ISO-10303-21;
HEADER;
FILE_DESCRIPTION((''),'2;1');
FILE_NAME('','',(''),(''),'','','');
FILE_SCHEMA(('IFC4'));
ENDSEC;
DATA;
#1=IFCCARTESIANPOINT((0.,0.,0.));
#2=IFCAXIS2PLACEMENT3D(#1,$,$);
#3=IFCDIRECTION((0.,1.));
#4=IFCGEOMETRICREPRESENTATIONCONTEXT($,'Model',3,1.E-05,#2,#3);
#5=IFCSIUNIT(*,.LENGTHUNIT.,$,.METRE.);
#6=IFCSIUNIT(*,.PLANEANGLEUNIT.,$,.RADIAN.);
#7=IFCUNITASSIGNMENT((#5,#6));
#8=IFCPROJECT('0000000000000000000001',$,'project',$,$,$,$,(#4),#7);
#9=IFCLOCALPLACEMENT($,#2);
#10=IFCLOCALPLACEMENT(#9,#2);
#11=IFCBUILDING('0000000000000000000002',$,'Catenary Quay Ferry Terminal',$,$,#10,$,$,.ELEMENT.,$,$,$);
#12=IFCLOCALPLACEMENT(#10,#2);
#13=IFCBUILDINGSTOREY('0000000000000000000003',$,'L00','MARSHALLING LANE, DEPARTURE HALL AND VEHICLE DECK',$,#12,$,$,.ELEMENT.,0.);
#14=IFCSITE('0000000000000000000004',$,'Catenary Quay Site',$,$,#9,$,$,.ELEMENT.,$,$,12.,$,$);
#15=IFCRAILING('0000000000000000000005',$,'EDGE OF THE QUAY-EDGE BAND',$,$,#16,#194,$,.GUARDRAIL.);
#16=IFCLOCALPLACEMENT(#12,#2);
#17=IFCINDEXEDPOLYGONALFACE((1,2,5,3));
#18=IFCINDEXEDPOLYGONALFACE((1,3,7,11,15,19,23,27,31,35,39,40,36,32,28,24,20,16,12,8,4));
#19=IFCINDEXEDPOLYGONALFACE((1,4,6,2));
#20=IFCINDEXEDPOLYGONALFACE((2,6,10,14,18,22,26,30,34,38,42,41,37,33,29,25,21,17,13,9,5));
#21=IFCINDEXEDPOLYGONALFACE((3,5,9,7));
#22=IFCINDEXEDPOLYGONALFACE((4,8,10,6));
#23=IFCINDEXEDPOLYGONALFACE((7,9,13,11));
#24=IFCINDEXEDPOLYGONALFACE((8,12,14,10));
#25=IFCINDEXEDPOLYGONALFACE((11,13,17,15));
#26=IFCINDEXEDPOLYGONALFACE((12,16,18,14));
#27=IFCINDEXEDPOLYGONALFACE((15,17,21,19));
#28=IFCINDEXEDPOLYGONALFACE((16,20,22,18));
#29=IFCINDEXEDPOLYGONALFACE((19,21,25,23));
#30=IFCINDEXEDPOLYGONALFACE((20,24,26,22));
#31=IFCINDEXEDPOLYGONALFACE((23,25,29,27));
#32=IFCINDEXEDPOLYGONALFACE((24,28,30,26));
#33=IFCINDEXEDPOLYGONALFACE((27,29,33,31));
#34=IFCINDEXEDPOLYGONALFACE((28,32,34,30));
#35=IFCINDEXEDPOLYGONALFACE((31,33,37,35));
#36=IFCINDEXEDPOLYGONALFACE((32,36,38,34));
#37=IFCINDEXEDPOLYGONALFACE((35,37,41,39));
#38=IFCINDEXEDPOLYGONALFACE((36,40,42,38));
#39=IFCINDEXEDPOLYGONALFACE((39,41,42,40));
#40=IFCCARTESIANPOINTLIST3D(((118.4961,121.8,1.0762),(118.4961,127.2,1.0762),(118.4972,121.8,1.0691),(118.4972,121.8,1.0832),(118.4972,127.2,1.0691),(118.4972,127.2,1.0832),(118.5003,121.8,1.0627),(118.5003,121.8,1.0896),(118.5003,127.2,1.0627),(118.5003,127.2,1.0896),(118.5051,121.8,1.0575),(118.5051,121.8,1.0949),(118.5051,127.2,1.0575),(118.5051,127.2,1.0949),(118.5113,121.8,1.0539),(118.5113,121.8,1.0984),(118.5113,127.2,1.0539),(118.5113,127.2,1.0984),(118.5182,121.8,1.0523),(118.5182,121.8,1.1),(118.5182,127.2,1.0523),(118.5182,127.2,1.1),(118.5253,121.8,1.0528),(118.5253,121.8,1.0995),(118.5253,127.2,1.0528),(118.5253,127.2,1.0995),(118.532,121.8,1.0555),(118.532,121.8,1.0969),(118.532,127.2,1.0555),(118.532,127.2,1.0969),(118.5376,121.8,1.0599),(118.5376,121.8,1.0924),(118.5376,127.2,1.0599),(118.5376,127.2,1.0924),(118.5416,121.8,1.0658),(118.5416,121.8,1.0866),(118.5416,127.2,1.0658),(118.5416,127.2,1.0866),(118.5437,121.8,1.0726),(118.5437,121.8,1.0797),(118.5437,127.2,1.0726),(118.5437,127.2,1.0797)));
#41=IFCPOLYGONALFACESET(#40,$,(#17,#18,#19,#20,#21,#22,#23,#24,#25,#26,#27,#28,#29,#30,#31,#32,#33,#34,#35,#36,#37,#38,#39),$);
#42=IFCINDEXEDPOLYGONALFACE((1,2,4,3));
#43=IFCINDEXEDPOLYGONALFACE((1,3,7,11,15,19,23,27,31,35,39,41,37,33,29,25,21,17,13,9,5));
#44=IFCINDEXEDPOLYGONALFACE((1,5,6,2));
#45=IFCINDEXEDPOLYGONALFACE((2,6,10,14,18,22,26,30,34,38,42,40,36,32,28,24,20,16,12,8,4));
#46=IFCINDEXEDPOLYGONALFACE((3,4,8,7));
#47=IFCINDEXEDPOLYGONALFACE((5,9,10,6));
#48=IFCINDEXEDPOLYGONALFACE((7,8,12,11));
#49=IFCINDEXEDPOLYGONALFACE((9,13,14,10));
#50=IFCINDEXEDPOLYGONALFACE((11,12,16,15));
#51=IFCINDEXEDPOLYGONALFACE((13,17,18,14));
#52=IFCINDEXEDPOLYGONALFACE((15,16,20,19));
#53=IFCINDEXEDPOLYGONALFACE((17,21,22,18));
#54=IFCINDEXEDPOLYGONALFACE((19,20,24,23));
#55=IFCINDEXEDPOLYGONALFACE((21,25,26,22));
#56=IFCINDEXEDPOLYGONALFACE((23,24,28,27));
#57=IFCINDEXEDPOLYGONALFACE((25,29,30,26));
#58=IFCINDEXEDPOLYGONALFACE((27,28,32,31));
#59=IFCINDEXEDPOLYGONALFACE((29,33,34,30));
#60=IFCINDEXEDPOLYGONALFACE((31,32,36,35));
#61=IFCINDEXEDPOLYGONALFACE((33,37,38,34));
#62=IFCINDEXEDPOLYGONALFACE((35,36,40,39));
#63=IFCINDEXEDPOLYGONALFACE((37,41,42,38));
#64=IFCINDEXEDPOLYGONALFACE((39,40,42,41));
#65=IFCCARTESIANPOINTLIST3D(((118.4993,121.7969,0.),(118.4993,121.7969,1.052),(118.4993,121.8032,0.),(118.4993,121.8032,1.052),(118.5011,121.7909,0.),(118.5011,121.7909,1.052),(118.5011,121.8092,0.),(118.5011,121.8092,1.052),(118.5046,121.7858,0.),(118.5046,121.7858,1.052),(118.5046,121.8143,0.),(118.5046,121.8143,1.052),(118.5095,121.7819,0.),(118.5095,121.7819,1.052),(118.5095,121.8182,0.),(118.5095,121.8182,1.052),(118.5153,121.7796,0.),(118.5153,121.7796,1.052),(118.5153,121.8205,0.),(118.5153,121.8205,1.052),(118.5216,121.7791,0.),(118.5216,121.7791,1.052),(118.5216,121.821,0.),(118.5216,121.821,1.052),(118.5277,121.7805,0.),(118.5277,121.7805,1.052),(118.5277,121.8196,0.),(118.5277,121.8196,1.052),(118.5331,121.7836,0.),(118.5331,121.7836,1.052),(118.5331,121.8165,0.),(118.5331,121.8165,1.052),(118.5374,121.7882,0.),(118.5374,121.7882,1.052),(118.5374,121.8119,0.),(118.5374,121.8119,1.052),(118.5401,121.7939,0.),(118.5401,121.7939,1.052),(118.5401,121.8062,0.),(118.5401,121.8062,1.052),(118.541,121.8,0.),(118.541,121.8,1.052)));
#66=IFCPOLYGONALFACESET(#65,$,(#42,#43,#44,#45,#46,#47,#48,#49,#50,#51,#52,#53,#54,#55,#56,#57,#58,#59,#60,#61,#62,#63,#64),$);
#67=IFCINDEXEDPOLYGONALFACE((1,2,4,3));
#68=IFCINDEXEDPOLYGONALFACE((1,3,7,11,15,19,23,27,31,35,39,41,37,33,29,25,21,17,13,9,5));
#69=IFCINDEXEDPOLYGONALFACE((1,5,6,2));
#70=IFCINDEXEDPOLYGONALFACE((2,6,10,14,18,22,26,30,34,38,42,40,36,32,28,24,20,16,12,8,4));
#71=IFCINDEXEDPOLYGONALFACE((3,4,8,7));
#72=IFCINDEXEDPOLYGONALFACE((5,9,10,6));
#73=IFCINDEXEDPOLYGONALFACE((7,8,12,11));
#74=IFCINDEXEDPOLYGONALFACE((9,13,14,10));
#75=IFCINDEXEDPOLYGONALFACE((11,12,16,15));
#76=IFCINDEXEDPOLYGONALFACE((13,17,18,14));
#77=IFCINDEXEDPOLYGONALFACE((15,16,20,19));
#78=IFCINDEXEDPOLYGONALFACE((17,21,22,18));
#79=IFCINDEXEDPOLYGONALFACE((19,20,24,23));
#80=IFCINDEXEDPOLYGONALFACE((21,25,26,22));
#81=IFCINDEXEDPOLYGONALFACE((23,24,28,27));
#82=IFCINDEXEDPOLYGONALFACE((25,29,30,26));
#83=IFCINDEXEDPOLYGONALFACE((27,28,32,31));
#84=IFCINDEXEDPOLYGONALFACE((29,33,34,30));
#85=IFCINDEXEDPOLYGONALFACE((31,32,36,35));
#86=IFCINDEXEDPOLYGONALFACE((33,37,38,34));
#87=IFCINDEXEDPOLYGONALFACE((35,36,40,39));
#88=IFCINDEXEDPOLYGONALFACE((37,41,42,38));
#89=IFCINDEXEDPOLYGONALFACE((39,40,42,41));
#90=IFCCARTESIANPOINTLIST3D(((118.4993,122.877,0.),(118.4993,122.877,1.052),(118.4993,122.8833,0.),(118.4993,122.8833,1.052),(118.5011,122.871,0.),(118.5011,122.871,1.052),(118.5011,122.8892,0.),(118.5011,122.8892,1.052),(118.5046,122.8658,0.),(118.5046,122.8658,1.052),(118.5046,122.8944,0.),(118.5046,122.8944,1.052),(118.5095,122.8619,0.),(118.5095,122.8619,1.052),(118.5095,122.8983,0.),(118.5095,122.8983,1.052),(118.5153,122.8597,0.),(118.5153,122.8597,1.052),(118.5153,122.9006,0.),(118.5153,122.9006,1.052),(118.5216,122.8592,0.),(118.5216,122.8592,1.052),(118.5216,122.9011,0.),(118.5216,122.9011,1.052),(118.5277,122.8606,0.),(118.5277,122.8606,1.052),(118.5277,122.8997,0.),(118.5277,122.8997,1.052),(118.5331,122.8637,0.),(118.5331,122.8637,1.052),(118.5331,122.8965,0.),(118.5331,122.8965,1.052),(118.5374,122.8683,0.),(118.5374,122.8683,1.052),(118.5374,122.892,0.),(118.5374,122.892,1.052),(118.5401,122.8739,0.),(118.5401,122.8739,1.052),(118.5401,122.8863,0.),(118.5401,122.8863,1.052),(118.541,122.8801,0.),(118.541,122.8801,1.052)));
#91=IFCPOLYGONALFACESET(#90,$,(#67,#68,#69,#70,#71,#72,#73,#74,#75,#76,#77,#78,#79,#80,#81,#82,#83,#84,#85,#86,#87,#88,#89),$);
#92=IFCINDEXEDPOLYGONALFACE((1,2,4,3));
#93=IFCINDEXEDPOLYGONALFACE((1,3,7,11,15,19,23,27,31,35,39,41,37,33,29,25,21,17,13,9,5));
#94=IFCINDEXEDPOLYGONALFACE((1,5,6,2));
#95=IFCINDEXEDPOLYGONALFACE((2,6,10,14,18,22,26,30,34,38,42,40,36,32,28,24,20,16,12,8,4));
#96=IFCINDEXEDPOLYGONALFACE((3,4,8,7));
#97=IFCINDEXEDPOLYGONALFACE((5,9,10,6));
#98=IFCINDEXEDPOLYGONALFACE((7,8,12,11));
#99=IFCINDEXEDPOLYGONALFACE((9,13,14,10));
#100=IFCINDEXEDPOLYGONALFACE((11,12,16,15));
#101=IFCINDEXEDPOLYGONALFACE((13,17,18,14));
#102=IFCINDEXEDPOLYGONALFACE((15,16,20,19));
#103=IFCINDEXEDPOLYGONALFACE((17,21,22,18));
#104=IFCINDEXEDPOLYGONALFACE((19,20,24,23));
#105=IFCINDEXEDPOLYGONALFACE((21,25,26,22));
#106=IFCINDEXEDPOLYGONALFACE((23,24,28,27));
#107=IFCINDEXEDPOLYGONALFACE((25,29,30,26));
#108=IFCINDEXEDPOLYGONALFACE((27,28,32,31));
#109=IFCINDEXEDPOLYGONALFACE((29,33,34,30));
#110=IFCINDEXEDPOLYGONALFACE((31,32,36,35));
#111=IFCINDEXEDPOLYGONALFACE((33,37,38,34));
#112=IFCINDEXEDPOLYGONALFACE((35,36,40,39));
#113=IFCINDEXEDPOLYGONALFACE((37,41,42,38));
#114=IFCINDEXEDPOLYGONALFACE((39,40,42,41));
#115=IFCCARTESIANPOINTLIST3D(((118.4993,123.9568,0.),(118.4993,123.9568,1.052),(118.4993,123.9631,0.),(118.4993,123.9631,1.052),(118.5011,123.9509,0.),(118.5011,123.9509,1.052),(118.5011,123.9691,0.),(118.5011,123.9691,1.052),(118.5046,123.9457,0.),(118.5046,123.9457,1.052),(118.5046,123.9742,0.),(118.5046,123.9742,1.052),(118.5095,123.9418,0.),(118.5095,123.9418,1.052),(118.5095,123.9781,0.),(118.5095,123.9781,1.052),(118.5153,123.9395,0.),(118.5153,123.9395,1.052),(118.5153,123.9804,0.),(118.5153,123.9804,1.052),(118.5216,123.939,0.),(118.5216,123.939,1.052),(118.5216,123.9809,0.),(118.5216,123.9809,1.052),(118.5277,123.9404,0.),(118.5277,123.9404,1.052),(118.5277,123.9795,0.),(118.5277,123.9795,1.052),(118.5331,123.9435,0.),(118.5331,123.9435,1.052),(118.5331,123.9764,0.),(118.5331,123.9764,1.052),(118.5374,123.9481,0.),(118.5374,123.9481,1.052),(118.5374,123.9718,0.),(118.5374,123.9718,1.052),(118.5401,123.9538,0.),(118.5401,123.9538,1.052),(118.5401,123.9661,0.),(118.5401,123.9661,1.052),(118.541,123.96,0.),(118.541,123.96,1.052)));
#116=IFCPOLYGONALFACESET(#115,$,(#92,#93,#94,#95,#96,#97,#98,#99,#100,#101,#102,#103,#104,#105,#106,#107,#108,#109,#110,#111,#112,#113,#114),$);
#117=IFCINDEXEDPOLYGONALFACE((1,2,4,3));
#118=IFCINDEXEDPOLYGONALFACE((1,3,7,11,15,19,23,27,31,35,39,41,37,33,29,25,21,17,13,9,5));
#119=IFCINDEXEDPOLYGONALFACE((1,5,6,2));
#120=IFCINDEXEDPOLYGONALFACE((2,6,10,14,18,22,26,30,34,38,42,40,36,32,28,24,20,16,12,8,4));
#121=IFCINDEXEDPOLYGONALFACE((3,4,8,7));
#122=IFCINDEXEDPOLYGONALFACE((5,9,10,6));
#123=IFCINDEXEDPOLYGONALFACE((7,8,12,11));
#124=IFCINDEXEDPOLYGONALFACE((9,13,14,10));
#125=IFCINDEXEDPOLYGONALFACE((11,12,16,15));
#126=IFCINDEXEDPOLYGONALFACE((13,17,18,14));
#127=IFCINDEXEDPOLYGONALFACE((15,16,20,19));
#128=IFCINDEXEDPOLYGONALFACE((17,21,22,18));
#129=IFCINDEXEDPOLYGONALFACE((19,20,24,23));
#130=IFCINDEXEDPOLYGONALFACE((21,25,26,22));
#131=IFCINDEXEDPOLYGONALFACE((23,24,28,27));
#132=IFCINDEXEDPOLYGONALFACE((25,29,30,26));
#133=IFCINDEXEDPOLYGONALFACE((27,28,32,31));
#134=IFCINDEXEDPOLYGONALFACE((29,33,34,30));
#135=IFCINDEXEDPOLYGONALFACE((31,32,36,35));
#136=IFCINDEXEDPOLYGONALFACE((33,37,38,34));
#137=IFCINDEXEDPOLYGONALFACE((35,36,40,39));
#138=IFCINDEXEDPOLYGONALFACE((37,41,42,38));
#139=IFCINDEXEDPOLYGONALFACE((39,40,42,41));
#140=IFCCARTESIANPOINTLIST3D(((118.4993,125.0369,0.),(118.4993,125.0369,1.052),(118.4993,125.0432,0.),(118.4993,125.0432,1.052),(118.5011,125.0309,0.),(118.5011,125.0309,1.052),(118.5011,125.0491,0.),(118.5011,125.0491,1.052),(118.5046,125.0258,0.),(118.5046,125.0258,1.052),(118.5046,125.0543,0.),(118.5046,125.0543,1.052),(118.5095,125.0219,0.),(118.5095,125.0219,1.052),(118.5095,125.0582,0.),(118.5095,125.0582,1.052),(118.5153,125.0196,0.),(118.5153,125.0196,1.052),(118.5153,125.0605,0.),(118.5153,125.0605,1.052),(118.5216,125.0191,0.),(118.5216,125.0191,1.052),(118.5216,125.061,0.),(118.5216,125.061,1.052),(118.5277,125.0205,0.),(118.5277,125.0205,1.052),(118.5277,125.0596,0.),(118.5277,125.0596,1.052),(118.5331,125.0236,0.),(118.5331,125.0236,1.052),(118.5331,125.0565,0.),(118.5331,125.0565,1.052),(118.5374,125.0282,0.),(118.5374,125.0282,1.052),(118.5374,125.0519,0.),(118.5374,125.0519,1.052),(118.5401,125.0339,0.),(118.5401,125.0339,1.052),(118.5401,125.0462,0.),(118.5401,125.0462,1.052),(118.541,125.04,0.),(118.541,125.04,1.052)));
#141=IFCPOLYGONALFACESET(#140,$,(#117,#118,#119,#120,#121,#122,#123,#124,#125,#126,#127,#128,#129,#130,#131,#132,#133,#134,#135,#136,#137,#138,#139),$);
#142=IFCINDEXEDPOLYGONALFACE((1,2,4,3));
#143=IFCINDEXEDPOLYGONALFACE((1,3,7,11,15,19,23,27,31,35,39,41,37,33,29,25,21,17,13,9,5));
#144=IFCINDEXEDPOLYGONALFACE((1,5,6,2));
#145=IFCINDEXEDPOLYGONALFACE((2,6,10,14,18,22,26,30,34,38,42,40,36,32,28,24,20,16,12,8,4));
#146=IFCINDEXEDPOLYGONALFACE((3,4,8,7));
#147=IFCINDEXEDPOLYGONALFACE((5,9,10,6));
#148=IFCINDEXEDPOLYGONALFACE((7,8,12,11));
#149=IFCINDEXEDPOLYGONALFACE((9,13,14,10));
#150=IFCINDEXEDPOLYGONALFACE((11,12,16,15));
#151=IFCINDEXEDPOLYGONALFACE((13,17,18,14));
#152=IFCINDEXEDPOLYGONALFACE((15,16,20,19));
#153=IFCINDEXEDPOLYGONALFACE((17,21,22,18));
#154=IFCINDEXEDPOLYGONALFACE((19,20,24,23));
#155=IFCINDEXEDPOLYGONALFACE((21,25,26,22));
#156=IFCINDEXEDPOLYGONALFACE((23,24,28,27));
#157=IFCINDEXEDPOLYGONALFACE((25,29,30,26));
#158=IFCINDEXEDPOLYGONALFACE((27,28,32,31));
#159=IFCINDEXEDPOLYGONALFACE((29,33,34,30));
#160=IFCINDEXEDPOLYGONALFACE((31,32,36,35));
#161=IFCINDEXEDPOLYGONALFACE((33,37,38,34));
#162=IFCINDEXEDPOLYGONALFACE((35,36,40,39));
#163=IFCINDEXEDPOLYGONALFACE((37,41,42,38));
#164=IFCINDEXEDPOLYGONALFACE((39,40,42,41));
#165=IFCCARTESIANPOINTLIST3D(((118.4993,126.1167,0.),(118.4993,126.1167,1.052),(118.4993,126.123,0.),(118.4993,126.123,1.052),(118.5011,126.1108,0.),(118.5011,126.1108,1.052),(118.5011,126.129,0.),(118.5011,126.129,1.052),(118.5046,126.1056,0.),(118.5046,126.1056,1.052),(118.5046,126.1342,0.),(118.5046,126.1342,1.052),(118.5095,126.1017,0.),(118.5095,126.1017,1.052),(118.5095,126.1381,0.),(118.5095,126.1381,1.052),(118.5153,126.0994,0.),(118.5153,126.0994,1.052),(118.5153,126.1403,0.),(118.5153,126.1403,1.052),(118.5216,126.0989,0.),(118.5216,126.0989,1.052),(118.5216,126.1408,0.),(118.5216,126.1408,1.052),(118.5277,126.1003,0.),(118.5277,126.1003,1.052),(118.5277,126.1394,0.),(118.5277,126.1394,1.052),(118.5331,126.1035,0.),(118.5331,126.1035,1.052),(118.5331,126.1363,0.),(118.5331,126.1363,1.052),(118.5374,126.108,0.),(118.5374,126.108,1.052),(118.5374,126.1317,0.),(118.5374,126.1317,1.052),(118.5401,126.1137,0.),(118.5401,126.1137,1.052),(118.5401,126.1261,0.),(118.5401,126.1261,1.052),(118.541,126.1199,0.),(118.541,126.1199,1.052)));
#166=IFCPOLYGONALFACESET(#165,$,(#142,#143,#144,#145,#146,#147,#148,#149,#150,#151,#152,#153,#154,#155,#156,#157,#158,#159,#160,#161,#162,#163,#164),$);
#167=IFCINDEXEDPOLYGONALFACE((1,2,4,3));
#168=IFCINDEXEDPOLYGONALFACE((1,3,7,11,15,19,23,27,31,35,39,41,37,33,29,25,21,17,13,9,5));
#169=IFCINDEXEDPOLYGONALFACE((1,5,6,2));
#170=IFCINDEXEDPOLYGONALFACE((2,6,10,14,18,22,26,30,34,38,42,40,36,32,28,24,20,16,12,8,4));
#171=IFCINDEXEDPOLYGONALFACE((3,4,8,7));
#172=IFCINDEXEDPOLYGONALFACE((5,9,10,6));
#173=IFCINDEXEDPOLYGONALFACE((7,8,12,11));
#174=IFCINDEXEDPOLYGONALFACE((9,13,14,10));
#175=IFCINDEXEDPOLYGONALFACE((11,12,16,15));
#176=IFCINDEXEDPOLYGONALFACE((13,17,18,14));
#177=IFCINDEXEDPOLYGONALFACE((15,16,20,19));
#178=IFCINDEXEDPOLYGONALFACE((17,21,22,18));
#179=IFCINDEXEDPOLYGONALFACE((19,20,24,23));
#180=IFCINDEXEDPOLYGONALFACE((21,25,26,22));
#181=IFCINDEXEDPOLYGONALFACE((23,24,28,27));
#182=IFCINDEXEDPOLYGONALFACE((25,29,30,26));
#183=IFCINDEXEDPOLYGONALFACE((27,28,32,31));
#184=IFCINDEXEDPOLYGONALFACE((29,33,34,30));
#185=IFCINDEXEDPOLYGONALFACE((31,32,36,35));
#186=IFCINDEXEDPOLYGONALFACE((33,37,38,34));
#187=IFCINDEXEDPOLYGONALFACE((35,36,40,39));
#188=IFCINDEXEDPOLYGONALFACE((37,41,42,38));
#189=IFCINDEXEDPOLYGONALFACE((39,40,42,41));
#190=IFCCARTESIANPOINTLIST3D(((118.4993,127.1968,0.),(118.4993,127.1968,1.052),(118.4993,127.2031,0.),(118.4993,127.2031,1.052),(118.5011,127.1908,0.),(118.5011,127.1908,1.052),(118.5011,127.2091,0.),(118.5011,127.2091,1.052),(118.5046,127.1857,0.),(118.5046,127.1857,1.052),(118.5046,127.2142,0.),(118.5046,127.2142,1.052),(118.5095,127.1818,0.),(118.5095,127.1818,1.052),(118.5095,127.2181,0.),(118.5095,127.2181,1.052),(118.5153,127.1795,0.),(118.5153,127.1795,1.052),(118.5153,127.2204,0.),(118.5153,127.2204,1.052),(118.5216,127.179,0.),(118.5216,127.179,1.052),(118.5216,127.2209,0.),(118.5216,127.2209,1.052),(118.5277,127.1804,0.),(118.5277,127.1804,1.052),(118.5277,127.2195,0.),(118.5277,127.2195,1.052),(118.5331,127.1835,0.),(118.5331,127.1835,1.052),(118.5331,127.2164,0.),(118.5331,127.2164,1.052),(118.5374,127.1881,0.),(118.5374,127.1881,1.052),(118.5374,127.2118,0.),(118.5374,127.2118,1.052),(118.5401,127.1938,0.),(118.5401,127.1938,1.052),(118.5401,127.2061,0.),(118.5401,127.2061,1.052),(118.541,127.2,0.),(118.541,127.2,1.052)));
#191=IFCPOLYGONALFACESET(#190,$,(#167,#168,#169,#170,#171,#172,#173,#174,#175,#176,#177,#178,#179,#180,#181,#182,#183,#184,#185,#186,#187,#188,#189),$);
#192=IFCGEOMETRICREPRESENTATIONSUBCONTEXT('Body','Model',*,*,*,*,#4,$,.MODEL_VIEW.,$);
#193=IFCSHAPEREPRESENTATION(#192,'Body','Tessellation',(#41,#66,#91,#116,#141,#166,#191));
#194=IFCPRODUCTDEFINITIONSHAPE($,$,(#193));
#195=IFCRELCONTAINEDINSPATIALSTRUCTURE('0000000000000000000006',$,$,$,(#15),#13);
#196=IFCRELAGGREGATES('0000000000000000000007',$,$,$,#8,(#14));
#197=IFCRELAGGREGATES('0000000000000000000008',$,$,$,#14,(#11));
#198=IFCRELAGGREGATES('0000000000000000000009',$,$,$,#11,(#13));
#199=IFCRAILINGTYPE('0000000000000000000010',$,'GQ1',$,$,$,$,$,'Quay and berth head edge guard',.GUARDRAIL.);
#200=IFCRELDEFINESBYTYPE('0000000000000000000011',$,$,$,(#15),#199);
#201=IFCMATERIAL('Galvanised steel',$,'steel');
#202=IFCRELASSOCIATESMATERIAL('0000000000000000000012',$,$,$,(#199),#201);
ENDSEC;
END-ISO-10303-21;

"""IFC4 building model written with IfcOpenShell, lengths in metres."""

from ifc_helpers import new_model, si_unit, direction, frame, origin, origin_2d, place, context, subcontext, project, spatial, circle, extrude, material, type_object, element, save


model = new_model("IFC4")

# Units and contexts
model_context = context("Model", 3, precision=1e-05, world=origin(), true_north=direction((0.0, 1.0)))
body_context = subcontext(model_context, "Body", "Model", "MODEL_VIEW")
ifc_project = project(units=[si_unit("LENGTHUNIT", "METRE"), si_unit("PLANEANGLEUNIT", "RADIAN")], contexts=[model_context])

# Site, building, storey
site_placement = place(None, origin())
site = spatial("IfcSite", under=ifc_project, at=site_placement, Name="Catenary Quay Site", CompositionType="ELEMENT", RefElevation=12.0)
building_placement = place(site_placement, origin())
building = spatial("IfcBuilding", under=site, at=building_placement, Name="Catenary Quay Ferry Terminal", CompositionType="ELEMENT")
storey_placement = place(building_placement, origin())
storey = spatial("IfcBuildingStorey", under=building, at=storey_placement, Name="L00", Description="MARSHALLING LANE, DEPARTURE HALL AND VEHICLE DECK", CompositionType="ELEMENT", Elevation=0.0)

# Railing
ifc_material_1 = material(Name="Galvanised steel", Category="steel")
railing_type_1 = type_object("IfcRailingType", Name="GQ1", ElementType="Quay and berth head edge guard", PredefinedType="GUARDRAIL", material=ifc_material_1)
railing_1_placement = place(storey_placement, frame((118.52, 121.8, 0.0)))
element("IfcRailing", 1, at=railing_1_placement, inside=storey, type_object=railing_type_1, Name="EDGE OF THE QUAY-EDGE BAND", PredefinedType="GUARDRAIL", context=body_context, shape_type="SweptSolid", body=[
    extrude(circle(Radius=0.0239, at=origin_2d()), frame((0.0, 0.0, 1.0762), z_axis=(0.0, 1.0, 0.0), x_axis=(-1.0, 0.0, 0.0)), (0.0, 0.0, 1.0), 5.3999),
    extrude(circle(Radius=0.021, at=origin_2d()), origin(), (0.0, 0.0, 1.0), 1.052),
    extrude(circle(Radius=0.021, at=origin_2d()), frame((0.0, 1.0801, 0.0)), (0.0, 0.0, 1.0), 1.052),
    extrude(circle(Radius=0.021, at=origin_2d()), frame((0.0, 2.1599, 0.0)), (0.0, 0.0, 1.0), 1.052),
    extrude(circle(Radius=0.021, at=origin_2d()), frame((0.0, 3.24, 0.0)), (0.0, 0.0, 1.0), 1.052),
    extrude(circle(Radius=0.021, at=origin_2d()), frame((0.0, 4.3198, 0.0)), (0.0, 0.0, 1.0), 1.052),
    extrude(circle(Radius=0.021, at=origin_2d()), frame((0.0, 5.3999, 0.0)), (0.0, 0.0, 1.0), 1.052),
])

save(model, "model.ifc")
